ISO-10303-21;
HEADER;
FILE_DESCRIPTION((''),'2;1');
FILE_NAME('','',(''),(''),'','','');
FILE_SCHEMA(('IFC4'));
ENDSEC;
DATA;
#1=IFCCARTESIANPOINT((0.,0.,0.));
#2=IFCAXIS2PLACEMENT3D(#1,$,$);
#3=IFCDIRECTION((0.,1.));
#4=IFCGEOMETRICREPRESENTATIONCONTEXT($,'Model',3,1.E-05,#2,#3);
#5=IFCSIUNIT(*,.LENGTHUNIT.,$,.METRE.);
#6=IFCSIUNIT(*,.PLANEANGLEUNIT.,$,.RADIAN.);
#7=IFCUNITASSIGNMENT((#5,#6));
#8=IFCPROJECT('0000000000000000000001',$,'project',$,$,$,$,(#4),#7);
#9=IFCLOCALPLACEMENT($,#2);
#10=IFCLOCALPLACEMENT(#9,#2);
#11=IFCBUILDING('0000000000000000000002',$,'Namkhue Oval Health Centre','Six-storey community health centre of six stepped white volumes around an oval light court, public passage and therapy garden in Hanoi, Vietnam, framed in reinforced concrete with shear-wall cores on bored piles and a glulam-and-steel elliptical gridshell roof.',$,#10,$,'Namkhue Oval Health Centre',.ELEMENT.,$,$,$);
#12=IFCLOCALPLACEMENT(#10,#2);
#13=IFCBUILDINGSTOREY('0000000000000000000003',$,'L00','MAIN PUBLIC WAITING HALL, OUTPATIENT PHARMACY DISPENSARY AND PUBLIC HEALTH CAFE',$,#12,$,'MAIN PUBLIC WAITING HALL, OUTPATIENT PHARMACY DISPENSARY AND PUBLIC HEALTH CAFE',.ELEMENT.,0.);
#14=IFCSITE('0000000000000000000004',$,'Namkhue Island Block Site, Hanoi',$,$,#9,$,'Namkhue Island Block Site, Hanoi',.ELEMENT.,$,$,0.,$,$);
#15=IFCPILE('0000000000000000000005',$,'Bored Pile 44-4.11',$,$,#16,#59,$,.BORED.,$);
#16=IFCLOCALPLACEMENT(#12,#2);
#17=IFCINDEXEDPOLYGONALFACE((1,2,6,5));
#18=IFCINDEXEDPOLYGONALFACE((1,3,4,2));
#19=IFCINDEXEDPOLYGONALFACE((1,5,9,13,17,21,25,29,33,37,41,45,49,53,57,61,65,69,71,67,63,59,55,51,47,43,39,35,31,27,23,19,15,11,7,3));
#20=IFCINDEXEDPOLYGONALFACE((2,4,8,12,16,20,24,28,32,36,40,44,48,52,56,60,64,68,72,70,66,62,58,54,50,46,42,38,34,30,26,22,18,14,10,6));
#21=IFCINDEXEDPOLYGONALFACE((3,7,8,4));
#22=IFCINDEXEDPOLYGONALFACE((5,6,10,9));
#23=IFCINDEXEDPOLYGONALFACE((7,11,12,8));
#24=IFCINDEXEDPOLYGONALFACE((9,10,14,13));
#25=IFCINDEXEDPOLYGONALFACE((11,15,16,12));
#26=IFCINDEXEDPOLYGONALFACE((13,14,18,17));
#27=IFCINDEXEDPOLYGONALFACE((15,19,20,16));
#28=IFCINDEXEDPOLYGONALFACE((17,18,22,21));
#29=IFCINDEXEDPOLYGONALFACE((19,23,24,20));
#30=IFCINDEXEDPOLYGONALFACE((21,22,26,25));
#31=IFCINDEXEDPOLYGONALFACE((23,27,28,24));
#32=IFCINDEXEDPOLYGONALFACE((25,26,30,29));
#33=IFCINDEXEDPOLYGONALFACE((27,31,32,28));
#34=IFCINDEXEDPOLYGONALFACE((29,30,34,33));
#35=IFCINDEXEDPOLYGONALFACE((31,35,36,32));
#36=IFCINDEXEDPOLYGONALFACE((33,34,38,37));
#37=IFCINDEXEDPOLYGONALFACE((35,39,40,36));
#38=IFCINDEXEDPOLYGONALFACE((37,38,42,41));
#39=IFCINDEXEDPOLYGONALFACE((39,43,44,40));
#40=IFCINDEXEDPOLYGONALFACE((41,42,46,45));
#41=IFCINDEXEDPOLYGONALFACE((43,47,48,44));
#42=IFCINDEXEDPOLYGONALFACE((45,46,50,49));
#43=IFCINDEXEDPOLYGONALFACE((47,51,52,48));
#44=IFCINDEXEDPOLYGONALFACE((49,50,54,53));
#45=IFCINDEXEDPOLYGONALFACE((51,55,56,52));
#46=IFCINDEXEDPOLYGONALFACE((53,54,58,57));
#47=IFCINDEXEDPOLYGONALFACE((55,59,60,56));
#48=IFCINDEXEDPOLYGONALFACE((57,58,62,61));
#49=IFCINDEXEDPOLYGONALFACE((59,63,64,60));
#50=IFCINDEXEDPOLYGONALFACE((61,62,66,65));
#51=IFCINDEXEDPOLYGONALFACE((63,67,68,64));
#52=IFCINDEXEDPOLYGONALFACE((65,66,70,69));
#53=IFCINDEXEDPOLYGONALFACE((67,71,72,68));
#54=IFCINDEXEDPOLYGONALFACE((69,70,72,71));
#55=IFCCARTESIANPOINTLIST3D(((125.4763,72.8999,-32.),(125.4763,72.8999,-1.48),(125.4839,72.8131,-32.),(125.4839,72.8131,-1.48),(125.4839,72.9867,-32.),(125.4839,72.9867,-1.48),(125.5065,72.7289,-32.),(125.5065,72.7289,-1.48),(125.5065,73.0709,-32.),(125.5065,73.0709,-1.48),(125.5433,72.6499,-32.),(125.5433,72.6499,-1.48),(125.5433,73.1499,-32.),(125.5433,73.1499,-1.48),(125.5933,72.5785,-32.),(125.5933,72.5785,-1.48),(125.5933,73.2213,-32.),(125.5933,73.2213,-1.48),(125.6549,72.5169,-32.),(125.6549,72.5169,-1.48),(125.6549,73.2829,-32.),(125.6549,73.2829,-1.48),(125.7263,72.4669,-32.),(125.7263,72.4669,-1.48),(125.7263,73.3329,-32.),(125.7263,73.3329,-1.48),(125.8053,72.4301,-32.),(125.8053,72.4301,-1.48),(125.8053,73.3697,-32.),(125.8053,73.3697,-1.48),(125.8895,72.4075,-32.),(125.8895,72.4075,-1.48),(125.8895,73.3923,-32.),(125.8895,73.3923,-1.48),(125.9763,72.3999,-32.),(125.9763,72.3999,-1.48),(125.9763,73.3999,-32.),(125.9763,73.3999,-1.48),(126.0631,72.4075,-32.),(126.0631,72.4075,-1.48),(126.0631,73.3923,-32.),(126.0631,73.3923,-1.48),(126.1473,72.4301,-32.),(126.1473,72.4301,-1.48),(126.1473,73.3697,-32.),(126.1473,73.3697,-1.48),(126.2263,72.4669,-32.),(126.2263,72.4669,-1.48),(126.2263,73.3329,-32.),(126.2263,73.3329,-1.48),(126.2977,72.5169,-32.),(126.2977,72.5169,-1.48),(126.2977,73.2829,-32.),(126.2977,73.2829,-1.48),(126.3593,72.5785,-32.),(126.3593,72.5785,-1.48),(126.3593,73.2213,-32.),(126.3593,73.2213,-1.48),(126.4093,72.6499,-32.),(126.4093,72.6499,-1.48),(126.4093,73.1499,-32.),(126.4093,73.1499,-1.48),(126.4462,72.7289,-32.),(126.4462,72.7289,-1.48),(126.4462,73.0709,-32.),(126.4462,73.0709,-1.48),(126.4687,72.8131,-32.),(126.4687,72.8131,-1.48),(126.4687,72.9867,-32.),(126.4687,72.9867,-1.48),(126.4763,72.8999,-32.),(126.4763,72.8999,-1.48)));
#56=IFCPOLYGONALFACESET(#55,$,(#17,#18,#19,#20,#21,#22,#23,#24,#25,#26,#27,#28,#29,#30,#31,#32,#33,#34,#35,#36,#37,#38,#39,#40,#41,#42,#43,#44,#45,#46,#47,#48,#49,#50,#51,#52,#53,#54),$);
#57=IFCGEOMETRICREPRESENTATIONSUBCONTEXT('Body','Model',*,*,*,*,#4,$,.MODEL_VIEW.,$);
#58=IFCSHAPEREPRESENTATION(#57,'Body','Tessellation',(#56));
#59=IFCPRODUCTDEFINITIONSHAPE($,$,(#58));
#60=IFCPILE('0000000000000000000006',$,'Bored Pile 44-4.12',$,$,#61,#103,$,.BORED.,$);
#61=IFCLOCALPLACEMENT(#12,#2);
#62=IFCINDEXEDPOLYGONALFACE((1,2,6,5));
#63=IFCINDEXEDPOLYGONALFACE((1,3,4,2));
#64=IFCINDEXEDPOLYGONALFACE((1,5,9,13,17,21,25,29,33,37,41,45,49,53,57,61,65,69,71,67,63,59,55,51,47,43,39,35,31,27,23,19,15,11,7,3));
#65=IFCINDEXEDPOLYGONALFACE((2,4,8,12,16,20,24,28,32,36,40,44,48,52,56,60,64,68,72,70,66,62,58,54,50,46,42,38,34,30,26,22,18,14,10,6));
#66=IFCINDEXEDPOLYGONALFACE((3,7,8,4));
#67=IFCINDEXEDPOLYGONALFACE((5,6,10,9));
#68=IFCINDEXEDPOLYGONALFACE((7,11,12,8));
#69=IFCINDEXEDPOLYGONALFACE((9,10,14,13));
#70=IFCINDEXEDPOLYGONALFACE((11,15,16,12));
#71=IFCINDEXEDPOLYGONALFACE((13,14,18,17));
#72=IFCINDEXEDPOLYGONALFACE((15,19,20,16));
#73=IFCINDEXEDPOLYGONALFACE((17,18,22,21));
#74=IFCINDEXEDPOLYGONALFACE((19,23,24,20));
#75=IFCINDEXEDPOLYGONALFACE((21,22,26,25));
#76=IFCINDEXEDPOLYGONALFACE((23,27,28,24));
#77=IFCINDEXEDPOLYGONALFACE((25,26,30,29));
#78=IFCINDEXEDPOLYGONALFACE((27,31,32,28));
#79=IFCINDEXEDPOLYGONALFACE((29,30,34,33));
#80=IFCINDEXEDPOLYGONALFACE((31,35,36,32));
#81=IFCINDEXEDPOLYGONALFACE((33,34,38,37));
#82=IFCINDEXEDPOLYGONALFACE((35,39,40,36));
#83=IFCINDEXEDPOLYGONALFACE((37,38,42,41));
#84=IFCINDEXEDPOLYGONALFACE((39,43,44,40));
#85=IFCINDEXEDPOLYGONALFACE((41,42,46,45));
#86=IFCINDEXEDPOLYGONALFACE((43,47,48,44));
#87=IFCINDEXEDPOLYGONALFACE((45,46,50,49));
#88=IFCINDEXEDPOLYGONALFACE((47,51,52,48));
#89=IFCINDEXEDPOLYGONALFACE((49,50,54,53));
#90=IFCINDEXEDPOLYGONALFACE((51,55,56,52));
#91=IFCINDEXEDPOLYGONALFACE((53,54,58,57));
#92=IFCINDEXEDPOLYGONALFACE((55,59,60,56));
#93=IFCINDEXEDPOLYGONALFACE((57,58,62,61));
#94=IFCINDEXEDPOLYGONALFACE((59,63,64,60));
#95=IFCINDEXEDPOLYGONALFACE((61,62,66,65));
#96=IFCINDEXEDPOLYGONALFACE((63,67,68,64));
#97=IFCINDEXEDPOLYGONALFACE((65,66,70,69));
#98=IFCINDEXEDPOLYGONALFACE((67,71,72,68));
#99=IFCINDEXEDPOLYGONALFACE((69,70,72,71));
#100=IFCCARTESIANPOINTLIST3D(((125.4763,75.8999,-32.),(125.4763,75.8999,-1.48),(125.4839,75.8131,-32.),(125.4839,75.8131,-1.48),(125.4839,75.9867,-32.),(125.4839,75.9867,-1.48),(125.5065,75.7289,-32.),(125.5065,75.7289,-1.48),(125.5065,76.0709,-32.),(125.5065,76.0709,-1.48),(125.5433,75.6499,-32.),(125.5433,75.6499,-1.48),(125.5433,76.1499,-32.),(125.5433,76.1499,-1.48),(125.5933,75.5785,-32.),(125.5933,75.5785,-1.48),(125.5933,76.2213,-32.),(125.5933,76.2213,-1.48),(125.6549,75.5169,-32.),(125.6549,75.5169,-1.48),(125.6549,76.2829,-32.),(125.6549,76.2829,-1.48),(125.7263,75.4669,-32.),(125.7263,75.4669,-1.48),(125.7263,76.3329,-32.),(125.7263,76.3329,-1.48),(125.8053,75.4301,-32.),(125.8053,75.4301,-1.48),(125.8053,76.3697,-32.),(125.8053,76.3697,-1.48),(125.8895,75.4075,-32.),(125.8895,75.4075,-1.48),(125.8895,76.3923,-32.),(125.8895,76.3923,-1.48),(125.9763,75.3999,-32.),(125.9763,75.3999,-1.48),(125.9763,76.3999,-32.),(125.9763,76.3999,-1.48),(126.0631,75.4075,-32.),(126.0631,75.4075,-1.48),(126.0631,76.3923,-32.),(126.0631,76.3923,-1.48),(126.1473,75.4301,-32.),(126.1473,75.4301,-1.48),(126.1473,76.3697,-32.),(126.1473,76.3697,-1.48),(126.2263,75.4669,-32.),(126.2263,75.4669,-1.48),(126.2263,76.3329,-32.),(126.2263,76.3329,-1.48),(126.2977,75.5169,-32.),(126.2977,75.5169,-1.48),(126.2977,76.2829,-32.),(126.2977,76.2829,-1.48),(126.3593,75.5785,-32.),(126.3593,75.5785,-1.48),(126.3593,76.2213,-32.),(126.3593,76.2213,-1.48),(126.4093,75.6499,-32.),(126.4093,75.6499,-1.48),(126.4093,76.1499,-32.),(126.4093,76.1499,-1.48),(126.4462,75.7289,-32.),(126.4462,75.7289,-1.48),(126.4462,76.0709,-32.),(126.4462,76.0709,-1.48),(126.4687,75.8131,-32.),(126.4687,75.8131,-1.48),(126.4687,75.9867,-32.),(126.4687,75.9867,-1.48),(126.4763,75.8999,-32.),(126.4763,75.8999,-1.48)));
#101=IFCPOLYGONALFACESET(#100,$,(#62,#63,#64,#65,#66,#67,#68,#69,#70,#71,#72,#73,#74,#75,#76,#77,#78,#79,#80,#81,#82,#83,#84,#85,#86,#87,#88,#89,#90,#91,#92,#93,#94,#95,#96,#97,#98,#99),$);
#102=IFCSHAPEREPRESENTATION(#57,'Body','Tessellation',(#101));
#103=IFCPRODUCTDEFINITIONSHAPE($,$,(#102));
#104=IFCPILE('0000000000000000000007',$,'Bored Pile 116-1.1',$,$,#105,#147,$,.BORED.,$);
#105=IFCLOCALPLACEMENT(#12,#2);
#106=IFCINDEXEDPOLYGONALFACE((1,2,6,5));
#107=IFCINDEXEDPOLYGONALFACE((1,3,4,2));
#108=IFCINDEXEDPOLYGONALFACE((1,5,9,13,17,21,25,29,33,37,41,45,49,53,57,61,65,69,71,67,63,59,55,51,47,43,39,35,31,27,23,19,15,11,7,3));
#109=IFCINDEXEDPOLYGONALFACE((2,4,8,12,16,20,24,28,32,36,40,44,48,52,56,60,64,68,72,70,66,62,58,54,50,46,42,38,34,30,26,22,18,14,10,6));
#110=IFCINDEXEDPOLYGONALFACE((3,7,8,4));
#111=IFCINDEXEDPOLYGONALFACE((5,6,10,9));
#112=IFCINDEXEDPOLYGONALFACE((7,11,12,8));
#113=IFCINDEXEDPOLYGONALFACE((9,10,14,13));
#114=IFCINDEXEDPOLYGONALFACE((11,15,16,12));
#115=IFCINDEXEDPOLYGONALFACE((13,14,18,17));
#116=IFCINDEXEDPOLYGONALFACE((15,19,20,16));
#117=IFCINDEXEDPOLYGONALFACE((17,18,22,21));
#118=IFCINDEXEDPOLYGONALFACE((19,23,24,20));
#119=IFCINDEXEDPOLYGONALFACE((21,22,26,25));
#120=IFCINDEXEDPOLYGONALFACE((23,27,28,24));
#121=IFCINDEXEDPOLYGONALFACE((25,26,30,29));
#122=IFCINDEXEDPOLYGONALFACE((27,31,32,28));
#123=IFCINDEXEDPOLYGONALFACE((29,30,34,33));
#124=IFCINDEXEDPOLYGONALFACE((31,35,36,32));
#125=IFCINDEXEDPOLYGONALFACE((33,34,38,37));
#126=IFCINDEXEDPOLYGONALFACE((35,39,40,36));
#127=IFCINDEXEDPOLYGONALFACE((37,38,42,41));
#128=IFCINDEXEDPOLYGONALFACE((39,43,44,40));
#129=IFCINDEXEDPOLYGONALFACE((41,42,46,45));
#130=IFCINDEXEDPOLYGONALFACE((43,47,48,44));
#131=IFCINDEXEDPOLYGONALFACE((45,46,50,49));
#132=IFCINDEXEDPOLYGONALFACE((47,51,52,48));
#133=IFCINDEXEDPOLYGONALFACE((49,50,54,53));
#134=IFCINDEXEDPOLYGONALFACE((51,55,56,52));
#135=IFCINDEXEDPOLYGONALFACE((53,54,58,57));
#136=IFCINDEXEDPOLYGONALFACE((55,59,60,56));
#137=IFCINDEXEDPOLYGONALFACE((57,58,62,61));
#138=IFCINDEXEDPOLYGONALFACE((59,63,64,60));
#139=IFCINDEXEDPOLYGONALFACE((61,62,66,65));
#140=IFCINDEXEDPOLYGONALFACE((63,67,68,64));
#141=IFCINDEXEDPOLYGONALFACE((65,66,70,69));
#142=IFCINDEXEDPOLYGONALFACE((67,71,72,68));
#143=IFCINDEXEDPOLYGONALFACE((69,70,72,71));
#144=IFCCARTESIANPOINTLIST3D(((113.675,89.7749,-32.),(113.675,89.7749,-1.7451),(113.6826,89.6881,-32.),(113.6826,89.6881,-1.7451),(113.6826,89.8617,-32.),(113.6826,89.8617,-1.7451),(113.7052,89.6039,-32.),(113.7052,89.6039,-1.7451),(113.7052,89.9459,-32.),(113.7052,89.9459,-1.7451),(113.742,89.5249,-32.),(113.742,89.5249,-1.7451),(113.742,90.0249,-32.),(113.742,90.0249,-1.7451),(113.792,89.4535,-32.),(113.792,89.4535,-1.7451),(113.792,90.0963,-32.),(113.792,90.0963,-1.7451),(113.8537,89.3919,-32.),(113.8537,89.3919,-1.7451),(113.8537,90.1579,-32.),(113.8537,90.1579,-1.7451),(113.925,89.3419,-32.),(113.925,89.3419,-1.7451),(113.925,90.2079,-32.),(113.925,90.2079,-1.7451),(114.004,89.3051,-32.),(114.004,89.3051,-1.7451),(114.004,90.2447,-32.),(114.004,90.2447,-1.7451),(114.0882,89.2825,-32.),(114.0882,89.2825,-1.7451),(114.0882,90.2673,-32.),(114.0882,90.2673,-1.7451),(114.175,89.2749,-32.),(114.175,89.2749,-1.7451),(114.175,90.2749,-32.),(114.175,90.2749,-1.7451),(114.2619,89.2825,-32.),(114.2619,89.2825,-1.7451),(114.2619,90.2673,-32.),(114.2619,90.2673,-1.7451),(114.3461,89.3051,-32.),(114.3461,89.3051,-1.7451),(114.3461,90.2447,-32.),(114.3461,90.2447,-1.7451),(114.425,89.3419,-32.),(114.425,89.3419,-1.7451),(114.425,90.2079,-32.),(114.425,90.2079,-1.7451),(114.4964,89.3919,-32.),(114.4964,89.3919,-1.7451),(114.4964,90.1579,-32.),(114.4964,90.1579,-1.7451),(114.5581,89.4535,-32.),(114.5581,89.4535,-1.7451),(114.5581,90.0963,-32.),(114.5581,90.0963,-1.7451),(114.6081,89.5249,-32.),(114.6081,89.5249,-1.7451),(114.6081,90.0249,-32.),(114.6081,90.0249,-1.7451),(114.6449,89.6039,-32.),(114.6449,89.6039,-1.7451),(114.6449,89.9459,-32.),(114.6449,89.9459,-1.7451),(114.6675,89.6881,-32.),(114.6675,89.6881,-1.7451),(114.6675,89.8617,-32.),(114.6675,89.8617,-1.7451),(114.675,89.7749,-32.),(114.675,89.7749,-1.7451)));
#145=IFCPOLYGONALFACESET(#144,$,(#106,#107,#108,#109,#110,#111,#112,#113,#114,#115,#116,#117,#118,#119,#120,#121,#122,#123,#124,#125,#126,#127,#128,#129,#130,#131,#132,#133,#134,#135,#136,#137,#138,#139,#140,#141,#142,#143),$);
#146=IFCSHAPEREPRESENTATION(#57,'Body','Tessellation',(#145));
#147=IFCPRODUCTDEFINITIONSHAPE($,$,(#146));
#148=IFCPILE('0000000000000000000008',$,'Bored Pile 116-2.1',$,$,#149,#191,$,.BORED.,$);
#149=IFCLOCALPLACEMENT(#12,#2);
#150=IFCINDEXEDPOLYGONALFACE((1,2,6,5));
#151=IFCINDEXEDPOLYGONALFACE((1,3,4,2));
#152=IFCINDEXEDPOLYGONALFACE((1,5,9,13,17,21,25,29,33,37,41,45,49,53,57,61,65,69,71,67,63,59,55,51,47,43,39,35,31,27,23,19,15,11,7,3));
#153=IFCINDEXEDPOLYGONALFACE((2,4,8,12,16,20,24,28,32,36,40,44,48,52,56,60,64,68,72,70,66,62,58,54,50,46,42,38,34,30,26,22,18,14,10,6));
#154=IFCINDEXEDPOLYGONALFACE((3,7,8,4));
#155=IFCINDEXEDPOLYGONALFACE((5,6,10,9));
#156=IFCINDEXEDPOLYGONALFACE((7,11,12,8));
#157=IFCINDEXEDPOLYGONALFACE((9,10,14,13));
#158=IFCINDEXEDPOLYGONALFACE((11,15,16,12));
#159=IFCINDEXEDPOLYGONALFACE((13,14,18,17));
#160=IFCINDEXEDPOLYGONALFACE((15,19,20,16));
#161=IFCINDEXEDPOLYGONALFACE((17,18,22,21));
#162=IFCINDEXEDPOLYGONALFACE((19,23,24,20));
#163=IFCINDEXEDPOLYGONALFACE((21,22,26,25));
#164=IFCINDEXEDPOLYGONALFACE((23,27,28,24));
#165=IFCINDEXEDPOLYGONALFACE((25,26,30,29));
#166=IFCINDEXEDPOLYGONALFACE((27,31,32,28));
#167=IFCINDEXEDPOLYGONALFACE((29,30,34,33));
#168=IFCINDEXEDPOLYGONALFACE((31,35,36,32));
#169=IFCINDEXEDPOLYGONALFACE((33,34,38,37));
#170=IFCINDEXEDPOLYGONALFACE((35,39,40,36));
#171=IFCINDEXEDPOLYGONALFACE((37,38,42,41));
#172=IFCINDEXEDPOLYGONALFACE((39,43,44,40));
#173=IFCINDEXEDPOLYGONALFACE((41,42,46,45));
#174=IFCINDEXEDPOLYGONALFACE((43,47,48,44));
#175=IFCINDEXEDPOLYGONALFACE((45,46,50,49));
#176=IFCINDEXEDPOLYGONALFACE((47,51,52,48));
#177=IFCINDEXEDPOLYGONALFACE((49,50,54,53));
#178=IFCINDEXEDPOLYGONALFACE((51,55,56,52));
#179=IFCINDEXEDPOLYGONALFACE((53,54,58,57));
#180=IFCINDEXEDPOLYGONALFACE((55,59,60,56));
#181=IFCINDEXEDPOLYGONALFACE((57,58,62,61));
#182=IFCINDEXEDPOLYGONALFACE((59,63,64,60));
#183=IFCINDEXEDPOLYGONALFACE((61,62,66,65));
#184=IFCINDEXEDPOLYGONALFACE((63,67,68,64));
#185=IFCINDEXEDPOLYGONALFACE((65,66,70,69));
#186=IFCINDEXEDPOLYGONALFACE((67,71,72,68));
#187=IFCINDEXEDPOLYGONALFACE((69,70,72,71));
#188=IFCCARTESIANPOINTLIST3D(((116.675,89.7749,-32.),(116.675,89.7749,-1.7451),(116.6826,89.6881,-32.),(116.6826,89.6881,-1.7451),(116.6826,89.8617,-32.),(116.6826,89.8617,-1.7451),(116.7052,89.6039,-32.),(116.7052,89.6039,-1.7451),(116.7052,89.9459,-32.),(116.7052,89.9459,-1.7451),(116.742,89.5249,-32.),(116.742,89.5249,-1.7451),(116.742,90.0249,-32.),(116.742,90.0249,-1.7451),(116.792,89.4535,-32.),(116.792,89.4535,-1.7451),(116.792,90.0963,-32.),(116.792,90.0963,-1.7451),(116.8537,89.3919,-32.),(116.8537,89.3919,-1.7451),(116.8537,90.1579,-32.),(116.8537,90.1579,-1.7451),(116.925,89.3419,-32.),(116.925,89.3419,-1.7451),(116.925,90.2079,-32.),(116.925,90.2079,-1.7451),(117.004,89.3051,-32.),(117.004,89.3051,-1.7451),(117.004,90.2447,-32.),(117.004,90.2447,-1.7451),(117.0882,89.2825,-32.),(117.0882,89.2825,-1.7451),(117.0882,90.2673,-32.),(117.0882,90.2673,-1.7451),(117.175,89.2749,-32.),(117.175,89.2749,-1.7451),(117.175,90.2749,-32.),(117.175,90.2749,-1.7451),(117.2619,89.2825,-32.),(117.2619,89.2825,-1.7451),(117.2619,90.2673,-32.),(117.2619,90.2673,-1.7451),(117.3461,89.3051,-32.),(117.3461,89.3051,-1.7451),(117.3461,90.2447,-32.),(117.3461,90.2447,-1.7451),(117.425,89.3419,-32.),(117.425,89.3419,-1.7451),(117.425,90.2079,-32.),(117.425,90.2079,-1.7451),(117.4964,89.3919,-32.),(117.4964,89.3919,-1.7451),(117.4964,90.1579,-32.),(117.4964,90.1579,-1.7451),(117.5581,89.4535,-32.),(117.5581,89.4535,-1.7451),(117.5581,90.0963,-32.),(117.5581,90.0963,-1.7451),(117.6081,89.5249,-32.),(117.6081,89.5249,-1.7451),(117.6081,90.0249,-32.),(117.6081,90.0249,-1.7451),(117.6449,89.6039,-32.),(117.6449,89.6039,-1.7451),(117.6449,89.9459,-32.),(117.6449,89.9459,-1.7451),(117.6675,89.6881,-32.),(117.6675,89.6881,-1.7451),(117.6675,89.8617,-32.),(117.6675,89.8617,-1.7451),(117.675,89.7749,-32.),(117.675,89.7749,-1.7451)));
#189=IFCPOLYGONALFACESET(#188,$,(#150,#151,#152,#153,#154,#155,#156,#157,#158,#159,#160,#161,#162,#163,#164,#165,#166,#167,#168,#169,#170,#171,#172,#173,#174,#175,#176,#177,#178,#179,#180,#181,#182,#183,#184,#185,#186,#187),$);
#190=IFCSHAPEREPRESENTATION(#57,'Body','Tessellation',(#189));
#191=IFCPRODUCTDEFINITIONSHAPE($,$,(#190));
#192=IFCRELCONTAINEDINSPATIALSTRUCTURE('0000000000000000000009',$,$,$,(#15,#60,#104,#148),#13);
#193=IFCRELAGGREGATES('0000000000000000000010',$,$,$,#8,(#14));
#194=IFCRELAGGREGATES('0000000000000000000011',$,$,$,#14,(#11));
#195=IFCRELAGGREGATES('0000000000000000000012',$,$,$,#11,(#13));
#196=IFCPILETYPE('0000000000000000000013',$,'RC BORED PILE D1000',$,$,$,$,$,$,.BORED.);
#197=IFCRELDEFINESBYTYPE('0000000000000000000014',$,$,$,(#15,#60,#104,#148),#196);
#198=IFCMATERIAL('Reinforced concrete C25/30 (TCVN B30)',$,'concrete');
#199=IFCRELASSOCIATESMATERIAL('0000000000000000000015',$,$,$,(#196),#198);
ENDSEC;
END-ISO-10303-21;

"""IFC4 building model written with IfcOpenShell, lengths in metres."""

from ifc_helpers import new_model, si_unit, direction, frame, origin, origin_2d, place, context, subcontext, project, spatial, circle, extrude, material, material_profile, profile_set, type_object, element, save


model = new_model("IFC4")

# Units and contexts
model_context = context("Model", 3, precision=1e-05, world=origin(), true_north=direction((0.0, 1.0)))
body_context = subcontext(model_context, "Body", "Model", "MODEL_VIEW")
ifc_project = project(units=[si_unit("LENGTHUNIT", "METRE"), si_unit("PLANEANGLEUNIT", "RADIAN")], contexts=[model_context])

# Site, building, storey
site_placement = place(None, origin())
site = spatial("IfcSite", under=ifc_project, at=site_placement, Name="Namkhue Island Block Site, Hanoi", LongName="Namkhue Island Block Site, Hanoi", CompositionType="ELEMENT", RefElevation=0.0)
building_placement = place(site_placement, origin())
building = spatial("IfcBuilding", under=site, at=building_placement, Name="Namkhue Oval Health Centre", Description="Six-storey community health centre of six stepped white volumes around an oval light court, public passage and therapy garden in Hanoi, Vietnam, framed in reinforced concrete with shear-wall cores on bored piles and a glulam-and-steel elliptical gridshell roof.", LongName="Namkhue Oval Health Centre", CompositionType="ELEMENT")
storey_placement = place(building_placement, origin())
storey = spatial("IfcBuildingStorey", under=building, at=storey_placement, Name="L00", Description="MAIN PUBLIC WAITING HALL, OUTPATIENT PHARMACY DISPENSARY AND PUBLIC HEALTH CAFE", LongName="MAIN PUBLIC WAITING HALL, OUTPATIENT PHARMACY DISPENSARY AND PUBLIC HEALTH CAFE", CompositionType="ELEMENT", Elevation=0.0)

# Piles
ifc_material_1 = material(Name="Reinforced concrete C25/30 (TCVN B30)", Category="concrete")
ifc_material_profile_1 = material_profile(ifc_material_1, circle(Radius=0.5, at=origin_2d()), Name="BORED PILE D1000")
ifc_profile_set_1 = profile_set([ifc_material_profile_1], Name="Reinforced concrete C25/30 (TCVN B30)")
pile_type_1 = type_object("IfcPileType", Name="RC BORED PILE D1000", PredefinedType="BORED", material=ifc_profile_set_1)
for number, where, z_axis, x_axis, name in (
    (1, (125.9763, 72.8999, -1.48), (0.0, 0.0, -1.0), (1.0, 0.0, 0.0), "Bored Pile 44-4.11"),
    (2, (125.9763, 75.8999, -1.48), (0.0, 0.0, -1.0), (1.0, 0.0, 0.0), "Bored Pile 44-4.12"),
):
    element("IfcPile", number, at=place(storey_placement, frame(where, z_axis=z_axis, x_axis=x_axis)), inside=storey, type_object=pile_type_1, Name=name, PredefinedType="BORED", context=body_context, shape_type="SweptSolid", body=[
        extrude(circle(Radius=0.5, at=origin_2d()), origin(), (0.0, 0.0, 1.0), 30.52),
    ])
for number, where, z_axis, x_axis, name in (
    (3, (114.175, 89.7749, -1.7451), (0.0, 0.0, -1.0), (1.0, 0.0, 0.0), "Bored Pile 116-1.1"),
    (4, (117.175, 89.7749, -1.7451), (0.0, 0.0, -1.0), (1.0, 0.0, 0.0), "Bored Pile 116-2.1"),
):
    element("IfcPile", number, at=place(storey_placement, frame(where, z_axis=z_axis, x_axis=x_axis)), inside=storey, type_object=pile_type_1, Name=name, PredefinedType="BORED", context=body_context, shape_type="SweptSolid", body=[
        extrude(circle(Radius=0.5, at=origin_2d()), origin(), (0.0, 0.0, 1.0), 30.2549),
    ])

save(model, "model.ifc")
